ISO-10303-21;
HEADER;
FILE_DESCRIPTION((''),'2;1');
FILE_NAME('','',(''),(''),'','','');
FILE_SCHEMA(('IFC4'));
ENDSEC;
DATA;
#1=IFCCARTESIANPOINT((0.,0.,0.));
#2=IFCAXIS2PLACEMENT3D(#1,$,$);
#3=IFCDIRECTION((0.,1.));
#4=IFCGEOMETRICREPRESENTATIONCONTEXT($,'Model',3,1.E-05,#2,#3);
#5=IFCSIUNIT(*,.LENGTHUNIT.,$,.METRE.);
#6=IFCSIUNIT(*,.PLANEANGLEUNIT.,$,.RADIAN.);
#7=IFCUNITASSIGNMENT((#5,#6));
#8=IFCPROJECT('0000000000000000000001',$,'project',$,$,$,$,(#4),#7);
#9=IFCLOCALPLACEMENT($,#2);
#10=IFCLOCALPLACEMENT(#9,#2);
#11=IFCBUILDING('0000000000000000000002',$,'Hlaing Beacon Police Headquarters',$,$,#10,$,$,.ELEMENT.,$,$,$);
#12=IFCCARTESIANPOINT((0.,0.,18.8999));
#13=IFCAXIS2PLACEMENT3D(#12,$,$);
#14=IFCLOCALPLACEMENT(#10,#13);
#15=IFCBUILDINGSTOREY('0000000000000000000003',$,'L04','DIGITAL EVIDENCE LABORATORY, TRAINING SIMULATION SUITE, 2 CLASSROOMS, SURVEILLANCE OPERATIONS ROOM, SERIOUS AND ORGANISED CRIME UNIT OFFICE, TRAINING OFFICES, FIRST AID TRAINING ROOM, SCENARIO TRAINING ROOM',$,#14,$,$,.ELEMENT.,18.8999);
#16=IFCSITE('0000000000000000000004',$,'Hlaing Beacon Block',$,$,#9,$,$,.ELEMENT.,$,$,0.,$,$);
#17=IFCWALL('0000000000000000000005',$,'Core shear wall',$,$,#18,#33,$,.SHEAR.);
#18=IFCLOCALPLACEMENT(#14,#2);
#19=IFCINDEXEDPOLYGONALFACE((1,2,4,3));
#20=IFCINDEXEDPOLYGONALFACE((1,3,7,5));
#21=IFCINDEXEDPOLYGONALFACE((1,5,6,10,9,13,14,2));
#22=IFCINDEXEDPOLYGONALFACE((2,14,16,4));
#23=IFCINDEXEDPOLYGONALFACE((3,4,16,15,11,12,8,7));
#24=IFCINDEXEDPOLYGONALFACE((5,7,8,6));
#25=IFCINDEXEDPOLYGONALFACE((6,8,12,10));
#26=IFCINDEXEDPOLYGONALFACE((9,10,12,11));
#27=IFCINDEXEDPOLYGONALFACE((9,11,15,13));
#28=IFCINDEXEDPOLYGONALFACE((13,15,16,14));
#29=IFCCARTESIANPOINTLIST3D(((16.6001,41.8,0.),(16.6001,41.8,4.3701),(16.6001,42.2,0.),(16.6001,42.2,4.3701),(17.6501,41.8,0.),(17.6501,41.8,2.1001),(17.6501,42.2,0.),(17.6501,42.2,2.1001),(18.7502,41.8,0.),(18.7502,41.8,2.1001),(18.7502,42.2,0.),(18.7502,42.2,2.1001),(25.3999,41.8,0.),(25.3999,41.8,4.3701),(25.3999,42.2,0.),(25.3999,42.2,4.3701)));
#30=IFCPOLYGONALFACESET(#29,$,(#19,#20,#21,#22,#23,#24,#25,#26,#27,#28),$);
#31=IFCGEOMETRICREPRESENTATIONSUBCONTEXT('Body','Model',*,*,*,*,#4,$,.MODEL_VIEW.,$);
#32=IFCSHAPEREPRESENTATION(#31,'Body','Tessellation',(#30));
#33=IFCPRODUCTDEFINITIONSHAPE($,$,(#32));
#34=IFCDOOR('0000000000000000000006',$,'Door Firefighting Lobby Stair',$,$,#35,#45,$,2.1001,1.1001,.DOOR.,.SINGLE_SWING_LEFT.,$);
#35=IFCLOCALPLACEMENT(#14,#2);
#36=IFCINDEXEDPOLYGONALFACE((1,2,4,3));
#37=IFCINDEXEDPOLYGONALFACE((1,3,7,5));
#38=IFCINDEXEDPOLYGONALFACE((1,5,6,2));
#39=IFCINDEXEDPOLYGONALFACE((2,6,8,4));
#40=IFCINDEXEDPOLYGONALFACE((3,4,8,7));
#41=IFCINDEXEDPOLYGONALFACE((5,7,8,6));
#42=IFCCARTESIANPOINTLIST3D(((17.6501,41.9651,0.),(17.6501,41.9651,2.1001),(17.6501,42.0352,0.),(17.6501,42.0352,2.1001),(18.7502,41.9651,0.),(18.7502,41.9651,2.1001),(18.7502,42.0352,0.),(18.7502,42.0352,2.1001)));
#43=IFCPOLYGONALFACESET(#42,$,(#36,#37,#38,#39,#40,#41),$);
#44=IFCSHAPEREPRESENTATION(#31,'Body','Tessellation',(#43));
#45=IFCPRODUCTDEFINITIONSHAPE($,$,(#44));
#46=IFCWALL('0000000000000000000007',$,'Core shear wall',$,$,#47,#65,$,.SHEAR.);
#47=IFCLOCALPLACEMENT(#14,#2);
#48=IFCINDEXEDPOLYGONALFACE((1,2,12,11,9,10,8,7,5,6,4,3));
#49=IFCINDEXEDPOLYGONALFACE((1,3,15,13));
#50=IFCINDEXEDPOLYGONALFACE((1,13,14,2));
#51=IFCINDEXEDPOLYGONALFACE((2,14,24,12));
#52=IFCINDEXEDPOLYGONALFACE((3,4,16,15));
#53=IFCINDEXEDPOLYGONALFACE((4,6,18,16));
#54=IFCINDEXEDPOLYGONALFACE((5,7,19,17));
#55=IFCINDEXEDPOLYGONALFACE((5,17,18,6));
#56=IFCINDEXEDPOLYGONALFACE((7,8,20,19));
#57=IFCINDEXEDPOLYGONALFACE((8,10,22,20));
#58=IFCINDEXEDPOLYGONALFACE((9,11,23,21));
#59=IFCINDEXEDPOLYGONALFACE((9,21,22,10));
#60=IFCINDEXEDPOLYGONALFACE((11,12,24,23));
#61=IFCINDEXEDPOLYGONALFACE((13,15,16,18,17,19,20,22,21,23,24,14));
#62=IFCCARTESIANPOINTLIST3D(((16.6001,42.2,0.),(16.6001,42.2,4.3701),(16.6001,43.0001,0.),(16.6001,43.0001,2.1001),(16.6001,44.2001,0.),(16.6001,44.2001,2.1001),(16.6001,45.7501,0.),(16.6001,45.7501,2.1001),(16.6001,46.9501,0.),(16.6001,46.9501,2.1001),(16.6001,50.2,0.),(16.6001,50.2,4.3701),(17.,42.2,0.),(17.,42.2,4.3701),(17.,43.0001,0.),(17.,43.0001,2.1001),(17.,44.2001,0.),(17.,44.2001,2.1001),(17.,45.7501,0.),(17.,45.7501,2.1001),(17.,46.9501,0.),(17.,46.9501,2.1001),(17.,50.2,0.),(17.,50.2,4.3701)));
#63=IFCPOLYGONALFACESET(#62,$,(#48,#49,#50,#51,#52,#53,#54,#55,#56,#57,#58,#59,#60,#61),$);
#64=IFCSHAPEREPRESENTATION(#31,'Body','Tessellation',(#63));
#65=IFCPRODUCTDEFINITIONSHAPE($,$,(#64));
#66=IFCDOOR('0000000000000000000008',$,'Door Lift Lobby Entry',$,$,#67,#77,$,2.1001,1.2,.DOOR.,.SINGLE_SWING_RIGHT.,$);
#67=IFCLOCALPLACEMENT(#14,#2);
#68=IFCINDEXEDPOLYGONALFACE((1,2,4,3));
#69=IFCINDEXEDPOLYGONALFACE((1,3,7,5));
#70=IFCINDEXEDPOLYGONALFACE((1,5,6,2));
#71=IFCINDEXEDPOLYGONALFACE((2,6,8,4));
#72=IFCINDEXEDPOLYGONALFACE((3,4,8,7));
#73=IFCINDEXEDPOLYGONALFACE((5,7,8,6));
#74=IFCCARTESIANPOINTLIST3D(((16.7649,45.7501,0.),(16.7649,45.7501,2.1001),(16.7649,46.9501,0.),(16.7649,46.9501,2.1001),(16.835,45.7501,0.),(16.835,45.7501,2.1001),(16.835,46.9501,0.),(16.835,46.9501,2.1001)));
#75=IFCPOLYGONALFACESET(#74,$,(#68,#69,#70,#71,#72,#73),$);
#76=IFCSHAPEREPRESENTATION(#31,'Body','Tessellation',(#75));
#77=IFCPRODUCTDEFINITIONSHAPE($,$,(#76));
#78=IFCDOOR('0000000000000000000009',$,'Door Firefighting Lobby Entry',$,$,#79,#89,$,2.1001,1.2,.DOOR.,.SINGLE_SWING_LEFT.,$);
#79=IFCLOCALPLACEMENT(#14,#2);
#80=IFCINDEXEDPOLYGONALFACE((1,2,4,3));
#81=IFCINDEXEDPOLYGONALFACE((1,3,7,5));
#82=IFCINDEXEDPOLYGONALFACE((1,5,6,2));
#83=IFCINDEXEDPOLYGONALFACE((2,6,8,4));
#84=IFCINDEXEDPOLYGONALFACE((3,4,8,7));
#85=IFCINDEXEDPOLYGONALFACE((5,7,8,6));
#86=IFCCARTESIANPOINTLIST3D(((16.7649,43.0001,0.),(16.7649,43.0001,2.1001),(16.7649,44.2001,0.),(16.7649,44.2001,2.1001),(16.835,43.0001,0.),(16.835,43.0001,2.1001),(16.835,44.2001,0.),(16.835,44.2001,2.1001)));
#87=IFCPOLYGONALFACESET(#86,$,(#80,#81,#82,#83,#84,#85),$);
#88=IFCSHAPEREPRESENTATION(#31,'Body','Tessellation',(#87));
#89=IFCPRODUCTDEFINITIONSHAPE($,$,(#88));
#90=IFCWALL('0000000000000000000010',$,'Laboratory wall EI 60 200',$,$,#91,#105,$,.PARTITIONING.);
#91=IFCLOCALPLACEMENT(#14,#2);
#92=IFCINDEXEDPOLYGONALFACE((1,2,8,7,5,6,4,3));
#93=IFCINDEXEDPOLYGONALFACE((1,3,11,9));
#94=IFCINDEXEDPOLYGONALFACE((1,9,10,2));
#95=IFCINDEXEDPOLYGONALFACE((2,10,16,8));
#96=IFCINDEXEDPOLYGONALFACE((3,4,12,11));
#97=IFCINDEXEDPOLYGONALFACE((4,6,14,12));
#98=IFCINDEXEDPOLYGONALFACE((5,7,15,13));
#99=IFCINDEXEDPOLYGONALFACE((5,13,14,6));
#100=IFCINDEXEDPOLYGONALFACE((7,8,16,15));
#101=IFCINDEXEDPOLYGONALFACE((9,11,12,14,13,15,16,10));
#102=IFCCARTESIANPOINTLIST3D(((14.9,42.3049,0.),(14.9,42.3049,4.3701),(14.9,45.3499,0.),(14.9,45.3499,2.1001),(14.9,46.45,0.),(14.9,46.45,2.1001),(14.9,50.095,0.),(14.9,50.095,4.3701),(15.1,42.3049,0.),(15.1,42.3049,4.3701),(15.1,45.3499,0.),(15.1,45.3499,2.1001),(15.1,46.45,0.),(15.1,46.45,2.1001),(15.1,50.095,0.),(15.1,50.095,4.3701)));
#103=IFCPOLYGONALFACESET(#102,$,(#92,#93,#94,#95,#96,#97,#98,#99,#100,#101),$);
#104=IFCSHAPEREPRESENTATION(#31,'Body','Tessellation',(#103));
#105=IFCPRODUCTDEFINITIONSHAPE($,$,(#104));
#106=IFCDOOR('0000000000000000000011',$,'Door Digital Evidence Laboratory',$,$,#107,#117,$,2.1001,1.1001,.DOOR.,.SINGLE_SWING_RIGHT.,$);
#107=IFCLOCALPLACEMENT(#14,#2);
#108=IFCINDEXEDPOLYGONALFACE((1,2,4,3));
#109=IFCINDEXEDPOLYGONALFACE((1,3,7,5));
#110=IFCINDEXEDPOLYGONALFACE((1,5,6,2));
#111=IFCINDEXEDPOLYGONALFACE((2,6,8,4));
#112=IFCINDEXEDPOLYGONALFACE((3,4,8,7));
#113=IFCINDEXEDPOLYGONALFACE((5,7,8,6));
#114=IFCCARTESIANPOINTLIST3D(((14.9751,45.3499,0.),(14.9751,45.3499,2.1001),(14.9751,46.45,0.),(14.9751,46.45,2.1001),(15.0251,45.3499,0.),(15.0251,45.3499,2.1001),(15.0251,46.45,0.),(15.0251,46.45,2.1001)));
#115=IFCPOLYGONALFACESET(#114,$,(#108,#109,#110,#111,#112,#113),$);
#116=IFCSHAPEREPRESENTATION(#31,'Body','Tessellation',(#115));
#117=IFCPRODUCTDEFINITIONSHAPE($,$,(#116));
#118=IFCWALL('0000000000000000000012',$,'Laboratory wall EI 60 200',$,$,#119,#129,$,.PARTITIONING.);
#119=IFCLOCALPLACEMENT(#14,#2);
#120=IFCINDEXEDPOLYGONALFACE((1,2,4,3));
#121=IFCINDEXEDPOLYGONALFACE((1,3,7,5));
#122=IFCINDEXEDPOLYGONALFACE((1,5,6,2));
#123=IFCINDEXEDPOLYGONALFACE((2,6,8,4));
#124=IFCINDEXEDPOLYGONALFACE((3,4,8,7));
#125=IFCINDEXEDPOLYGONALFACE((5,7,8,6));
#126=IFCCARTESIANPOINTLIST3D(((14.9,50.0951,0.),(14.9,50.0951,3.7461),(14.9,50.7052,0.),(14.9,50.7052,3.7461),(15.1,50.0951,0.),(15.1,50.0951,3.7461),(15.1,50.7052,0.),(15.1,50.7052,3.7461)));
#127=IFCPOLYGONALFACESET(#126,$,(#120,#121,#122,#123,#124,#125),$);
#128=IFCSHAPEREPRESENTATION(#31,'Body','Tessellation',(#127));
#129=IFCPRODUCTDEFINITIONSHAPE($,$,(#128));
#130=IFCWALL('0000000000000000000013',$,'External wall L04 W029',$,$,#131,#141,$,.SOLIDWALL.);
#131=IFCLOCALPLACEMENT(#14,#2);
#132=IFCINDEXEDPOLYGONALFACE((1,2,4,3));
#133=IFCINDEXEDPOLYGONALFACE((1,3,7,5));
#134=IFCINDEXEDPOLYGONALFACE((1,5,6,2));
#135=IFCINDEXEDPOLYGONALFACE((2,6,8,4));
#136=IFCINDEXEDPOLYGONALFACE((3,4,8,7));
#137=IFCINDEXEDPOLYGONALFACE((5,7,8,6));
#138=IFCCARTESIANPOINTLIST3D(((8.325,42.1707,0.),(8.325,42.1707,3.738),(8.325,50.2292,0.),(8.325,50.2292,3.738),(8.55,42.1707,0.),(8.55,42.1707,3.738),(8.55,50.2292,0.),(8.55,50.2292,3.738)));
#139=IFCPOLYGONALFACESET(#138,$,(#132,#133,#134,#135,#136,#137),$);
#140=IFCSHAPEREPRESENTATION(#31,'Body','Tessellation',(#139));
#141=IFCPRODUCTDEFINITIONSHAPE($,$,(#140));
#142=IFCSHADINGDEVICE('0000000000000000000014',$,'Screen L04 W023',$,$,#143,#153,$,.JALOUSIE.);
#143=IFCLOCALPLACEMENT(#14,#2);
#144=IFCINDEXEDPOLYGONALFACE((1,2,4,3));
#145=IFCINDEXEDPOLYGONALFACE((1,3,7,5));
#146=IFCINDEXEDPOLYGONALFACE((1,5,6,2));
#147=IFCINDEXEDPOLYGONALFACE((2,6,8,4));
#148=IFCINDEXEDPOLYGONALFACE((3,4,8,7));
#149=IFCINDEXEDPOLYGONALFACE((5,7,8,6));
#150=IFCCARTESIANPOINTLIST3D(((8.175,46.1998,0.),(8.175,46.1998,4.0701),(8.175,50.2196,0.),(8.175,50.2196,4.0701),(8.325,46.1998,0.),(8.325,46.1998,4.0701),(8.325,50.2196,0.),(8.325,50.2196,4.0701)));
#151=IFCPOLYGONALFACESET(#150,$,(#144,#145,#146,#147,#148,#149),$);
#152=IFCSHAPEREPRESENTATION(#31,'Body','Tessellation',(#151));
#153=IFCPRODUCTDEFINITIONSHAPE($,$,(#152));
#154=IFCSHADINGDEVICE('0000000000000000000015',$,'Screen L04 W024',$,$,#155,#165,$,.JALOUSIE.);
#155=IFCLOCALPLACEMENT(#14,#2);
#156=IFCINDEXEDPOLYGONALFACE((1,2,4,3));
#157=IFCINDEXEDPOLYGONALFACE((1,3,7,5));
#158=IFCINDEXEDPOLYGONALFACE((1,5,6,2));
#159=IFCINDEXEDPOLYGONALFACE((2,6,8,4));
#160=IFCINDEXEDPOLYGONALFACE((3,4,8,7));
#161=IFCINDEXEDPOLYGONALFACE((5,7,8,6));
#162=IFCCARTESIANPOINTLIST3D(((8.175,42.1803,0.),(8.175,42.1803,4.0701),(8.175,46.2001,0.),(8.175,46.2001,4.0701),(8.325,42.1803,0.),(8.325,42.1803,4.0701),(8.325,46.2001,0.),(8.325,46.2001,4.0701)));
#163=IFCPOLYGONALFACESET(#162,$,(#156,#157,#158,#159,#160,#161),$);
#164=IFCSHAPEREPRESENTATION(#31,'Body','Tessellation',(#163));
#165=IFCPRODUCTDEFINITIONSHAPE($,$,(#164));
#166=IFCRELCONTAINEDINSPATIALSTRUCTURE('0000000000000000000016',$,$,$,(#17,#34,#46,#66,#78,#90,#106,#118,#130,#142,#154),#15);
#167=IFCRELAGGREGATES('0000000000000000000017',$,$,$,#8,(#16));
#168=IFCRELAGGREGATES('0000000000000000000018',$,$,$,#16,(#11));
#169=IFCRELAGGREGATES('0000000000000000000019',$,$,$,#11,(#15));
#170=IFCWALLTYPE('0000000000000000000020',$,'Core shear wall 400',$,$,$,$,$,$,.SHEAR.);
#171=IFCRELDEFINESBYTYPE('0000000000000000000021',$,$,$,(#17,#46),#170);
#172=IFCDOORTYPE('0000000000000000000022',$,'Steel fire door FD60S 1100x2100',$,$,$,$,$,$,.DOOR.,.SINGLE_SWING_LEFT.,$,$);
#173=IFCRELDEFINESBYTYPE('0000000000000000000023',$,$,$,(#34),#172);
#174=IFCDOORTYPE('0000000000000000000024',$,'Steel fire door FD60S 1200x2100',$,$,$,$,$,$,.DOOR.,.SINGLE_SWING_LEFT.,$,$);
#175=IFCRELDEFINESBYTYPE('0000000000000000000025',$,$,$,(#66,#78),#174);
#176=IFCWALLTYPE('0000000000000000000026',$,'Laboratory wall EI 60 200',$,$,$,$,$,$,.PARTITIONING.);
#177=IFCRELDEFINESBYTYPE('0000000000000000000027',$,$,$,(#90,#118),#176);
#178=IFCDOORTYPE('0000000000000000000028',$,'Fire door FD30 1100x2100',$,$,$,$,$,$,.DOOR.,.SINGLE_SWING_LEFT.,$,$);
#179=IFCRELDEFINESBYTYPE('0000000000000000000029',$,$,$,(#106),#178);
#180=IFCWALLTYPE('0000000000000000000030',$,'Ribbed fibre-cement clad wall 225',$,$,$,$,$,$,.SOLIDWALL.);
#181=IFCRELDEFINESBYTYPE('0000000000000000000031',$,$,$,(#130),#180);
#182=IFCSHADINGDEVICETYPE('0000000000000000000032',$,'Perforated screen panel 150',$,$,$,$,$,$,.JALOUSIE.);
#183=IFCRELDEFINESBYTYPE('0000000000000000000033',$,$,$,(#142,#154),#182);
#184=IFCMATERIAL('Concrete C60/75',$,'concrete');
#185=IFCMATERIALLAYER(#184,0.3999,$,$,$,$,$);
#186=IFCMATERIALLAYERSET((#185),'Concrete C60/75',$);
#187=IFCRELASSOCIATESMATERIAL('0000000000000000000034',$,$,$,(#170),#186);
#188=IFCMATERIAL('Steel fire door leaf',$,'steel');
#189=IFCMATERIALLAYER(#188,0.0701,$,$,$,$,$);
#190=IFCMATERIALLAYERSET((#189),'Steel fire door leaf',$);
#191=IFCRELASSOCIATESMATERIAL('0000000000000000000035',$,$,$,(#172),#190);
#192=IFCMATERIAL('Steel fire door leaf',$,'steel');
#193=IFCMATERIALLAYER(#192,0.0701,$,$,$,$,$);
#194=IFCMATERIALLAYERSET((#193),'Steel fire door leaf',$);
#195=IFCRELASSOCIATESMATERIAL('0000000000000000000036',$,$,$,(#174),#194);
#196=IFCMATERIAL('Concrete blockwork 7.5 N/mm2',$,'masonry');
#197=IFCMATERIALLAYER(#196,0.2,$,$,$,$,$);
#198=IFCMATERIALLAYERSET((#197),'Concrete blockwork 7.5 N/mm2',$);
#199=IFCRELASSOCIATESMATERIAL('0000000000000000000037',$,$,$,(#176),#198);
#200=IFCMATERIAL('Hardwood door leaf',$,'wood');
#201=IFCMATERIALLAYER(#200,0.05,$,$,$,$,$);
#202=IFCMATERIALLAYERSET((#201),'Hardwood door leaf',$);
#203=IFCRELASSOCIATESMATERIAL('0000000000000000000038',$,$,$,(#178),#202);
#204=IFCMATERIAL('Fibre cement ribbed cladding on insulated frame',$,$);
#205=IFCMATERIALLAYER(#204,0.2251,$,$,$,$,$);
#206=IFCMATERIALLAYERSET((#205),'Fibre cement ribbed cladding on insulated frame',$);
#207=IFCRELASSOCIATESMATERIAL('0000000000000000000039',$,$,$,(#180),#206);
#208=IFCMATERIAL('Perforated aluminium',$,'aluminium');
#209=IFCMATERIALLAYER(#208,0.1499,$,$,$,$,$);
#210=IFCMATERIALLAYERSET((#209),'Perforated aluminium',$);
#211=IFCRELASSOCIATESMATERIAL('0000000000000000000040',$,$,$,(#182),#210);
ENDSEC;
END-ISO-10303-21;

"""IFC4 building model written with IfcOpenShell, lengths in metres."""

from ifc_helpers import new_model, si_unit, direction, frame, frame_2d, origin, origin_2d, place, context, subcontext, project, spatial, rectangle, extrude, material, layer, layer_set, type_object, element, fill, save


model = new_model("IFC4")

# Units and contexts
model_context = context("Model", 3, precision=1e-05, world=origin(), true_north=direction((0.0, 1.0)))
body_context = subcontext(model_context, "Body", "Model", "MODEL_VIEW")
ifc_project = project(units=[si_unit("LENGTHUNIT", "METRE"), si_unit("PLANEANGLEUNIT", "RADIAN")], contexts=[model_context])

# Site, building, storey
site_placement = place(None, origin())
site = spatial("IfcSite", under=ifc_project, at=site_placement, Name="Hlaing Beacon Block", CompositionType="ELEMENT", RefElevation=0.0)
building_placement = place(site_placement, origin())
building = spatial("IfcBuilding", under=site, at=building_placement, Name="Hlaing Beacon Police Headquarters", CompositionType="ELEMENT")
storey_placement = place(building_placement, frame((0.0, 0.0, 18.8999)))
storey = spatial("IfcBuildingStorey", under=building, at=storey_placement, Name="L04", Description="DIGITAL EVIDENCE LABORATORY, TRAINING SIMULATION SUITE, 2 CLASSROOMS, SURVEILLANCE OPERATIONS ROOM, SERIOUS AND ORGANISED CRIME UNIT OFFICE, TRAINING OFFICES, FIRST AID TRAINING ROOM, SCENARIO TRAINING ROOM", CompositionType="ELEMENT", Elevation=18.8999)

# Wall, opening, door
ifc_material_1 = material(Name="Concrete C60/75", Category="concrete")
ifc_layer_1 = layer(ifc_material_1, 0.3999)
ifc_layer_set_1 = layer_set([ifc_layer_1], Name="Concrete C60/75")
wall_type_1 = type_object("IfcWallType", Name="Core shear wall 400", PredefinedType="SHEAR", material=ifc_layer_set_1)
wall_1_placement = place(storey_placement, frame((16.6001, 42.0, 0.0), z_axis=(0.0, 0.0, 1.0), x_axis=(1.0, 0.0, 0.0)))
wall_1 = element("IfcWall", 1, at=wall_1_placement, inside=storey, type_object=wall_type_1, Name="Core shear wall", PredefinedType="SHEAR", context=body_context, shape_type="SweptSolid", body=[
    extrude(rectangle(XDim=8.7998, YDim=0.3999, at=frame_2d((4.3999, 0.0))), origin(), (0.0, 0.0, 1.0), 4.3701),
])
opening_1_placement = place(wall_1_placement, frame((1.05, 0.0, 0.0)))
opening_1 = element("IfcOpeningElement", 2, at=opening_1_placement, cuts=wall_1, PredefinedType="OPENING", context=body_context, shape_type="SweptSolid", body=[
    extrude(rectangle(XDim=1.1001, YDim=2.1001, at=frame_2d((0.55, 1.05))), frame((0.0, 0.21, 0.0), z_axis=(0.0, -1.0, 0.0), x_axis=(1.0, 0.0, 0.0)), (0.0, 0.0, 1.0), 0.4199),
])
ifc_material_2 = material(Name="Steel fire door leaf", Category="steel")
ifc_layer_2 = layer(ifc_material_2, 0.0701)
ifc_layer_set_2 = layer_set([ifc_layer_2], Name="Steel fire door leaf")
door_type_1 = type_object("IfcDoorType", Name="Steel fire door FD60S 1100x2100", OperationType="SINGLE_SWING_LEFT", PredefinedType="DOOR", material=ifc_layer_set_2)
door_1_placement = place(opening_1_placement, frame((1.1001, 0.0, 0.0), z_axis=(0.0, 0.0, 1.0), x_axis=(-1.0, 0.0, 0.0)))
door_1 = element("IfcDoor", 3, at=door_1_placement, inside=storey, type_object=door_type_1, Name="Door Firefighting Lobby Stair", OperationType="SINGLE_SWING_LEFT", OverallHeight=2.1001, OverallWidth=1.1001, PredefinedType="DOOR", context=body_context, shape_type="SweptSolid", body=[
    extrude(rectangle(XDim=1.1001, YDim=2.1001, at=frame_2d((0.55, 1.05))), frame((0.0, 0.0349, 0.0), z_axis=(0.0, -1.0, 0.0), x_axis=(1.0, 0.0, 0.0)), (0.0, 0.0, 1.0), 0.0701),
])
fill(opening_1, door_1)

# Wall, openings, doors
wall_2_placement = place(storey_placement, frame((16.8, 42.2, 0.0), z_axis=(0.0, 0.0, 1.0), x_axis=(0.0, 1.0, 0.0)))
wall_2 = element("IfcWall", 4, at=wall_2_placement, inside=storey, type_object=wall_type_1, Name="Core shear wall", PredefinedType="SHEAR", context=body_context, shape_type="SweptSolid", body=[
    extrude(rectangle(XDim=8.0, YDim=0.3999, at=frame_2d((4.0, 0.0))), origin(), (0.0, 0.0, 1.0), 4.3701),
])
opening_2_placement = place(wall_2_placement, frame((3.55, 0.0, 0.0)))
opening_2 = element("IfcOpeningElement", 5, at=opening_2_placement, cuts=wall_2, PredefinedType="OPENING", context=body_context, shape_type="SweptSolid", body=[
    extrude(rectangle(XDim=1.2, YDim=2.1001, at=frame_2d((0.6001, 1.05))), frame((0.0, 0.21, 0.0), z_axis=(0.0, -1.0, 0.0), x_axis=(1.0, 0.0, 0.0)), (0.0, 0.0, 1.0), 0.4199),
])
opening_3_placement = place(wall_2_placement, frame((0.8, 0.0, 0.0)))
opening_3 = element("IfcOpeningElement", 6, at=opening_3_placement, cuts=wall_2, PredefinedType="OPENING", context=body_context, shape_type="SweptSolid", body=[
    extrude(rectangle(XDim=1.2, YDim=2.1001, at=frame_2d((0.6001, 1.05))), frame((0.0, 0.21, 0.0), z_axis=(0.0, -1.0, 0.0), x_axis=(1.0, 0.0, 0.0)), (0.0, 0.0, 1.0), 0.4199),
])
ifc_material_3 = material(Name="Steel fire door leaf", Category="steel")
ifc_layer_3 = layer(ifc_material_3, 0.0701)
ifc_layer_set_3 = layer_set([ifc_layer_3], Name="Steel fire door leaf")
door_type_2 = type_object("IfcDoorType", Name="Steel fire door FD60S 1200x2100", OperationType="SINGLE_SWING_LEFT", PredefinedType="DOOR", material=ifc_layer_set_3)
door_2_placement = place(opening_2_placement, frame((1.2, 0.0, 0.0), z_axis=(0.0, 0.0, 1.0), x_axis=(-1.0, 0.0, 0.0)))
door_2 = element("IfcDoor", 7, at=door_2_placement, inside=storey, type_object=door_type_2, Name="Door Lift Lobby Entry", OperationType="SINGLE_SWING_RIGHT", OverallHeight=2.1001, OverallWidth=1.2, PredefinedType="DOOR", context=body_context, shape_type="SweptSolid", body=[
    extrude(rectangle(XDim=1.2, YDim=2.1001, at=frame_2d((0.5999, 1.05))), frame((0.0, 0.0349, 0.0), z_axis=(0.0, -1.0, 0.0), x_axis=(1.0, 0.0, 0.0)), (0.0, 0.0, 1.0), 0.0701),
])
fill(opening_2, door_2)
door_3_placement = place(opening_3_placement, frame((1.2, 0.0, 0.0), z_axis=(0.0, 0.0, 1.0), x_axis=(-1.0, 0.0, 0.0)))
door_3 = element("IfcDoor", 8, at=door_3_placement, inside=storey, type_object=door_type_2, Name="Door Firefighting Lobby Entry", OperationType="SINGLE_SWING_LEFT", OverallHeight=2.1001, OverallWidth=1.2, PredefinedType="DOOR", context=body_context, shape_type="SweptSolid", body=[
    extrude(rectangle(XDim=1.2, YDim=2.1001, at=frame_2d((0.5999, 1.05))), frame((0.0, 0.0349, 0.0), z_axis=(0.0, -1.0, 0.0), x_axis=(1.0, 0.0, 0.0)), (0.0, 0.0, 1.0), 0.0701),
])
fill(opening_3, door_3)

# Wall, opening, door
ifc_material_4 = material(Name="Concrete blockwork 7.5 N/mm2", Category="masonry")
ifc_layer_4 = layer(ifc_material_4, 0.2)
ifc_layer_set_4 = layer_set([ifc_layer_4], Name="Concrete blockwork 7.5 N/mm2")
wall_type_2 = type_object("IfcWallType", Name="Laboratory wall EI 60 200", PredefinedType="PARTITIONING", material=ifc_layer_set_4)
wall_3_placement = place(storey_placement, frame((15.0, 42.3049, 0.0), z_axis=(0.0, 0.0, 1.0), x_axis=(0.0, 1.0, 0.0)))
wall_3 = element("IfcWall", 9, at=wall_3_placement, inside=storey, type_object=wall_type_2, Name="Laboratory wall EI 60 200", PredefinedType="PARTITIONING", context=body_context, shape_type="SweptSolid", body=[
    extrude(rectangle(XDim=7.79, YDim=0.2, at=frame_2d((3.895, 0.0))), origin(), (0.0, 0.0, 1.0), 4.3701),
])
opening_4_placement = place(wall_3_placement, frame((3.0449, 0.0, 0.0)))
opening_4 = element("IfcOpeningElement", 10, at=opening_4_placement, cuts=wall_3, PredefinedType="OPENING", context=body_context, shape_type="SweptSolid", body=[
    extrude(rectangle(XDim=1.1001, YDim=2.1001, at=frame_2d((0.55, 1.05))), frame((0.0, 0.1099, 0.0), z_axis=(0.0, -1.0, 0.0), x_axis=(1.0, 0.0, 0.0)), (0.0, 0.0, 1.0), 0.22),
])
ifc_material_5 = material(Name="Hardwood door leaf", Category="wood")
ifc_layer_5 = layer(ifc_material_5, 0.05)
ifc_layer_set_5 = layer_set([ifc_layer_5], Name="Hardwood door leaf")
door_type_3 = type_object("IfcDoorType", Name="Fire door FD30 1100x2100", OperationType="SINGLE_SWING_LEFT", PredefinedType="DOOR", material=ifc_layer_set_5)
door_4_placement = place(opening_4_placement, origin())
door_4 = element("IfcDoor", 11, at=door_4_placement, inside=storey, type_object=door_type_3, Name="Door Digital Evidence Laboratory", OperationType="SINGLE_SWING_RIGHT", OverallHeight=2.1001, OverallWidth=1.1001, PredefinedType="DOOR", context=body_context, shape_type="SweptSolid", body=[
    extrude(rectangle(XDim=1.1001, YDim=2.1001, at=frame_2d((0.55, 1.05))), frame((0.0, 0.0249, 0.0), z_axis=(0.0, -1.0, 0.0), x_axis=(1.0, 0.0, 0.0)), (0.0, 0.0, 1.0), 0.05),
])
fill(opening_4, door_4)

# Walls
wall_4_placement = place(storey_placement, frame((15.0, 50.095, 0.0), z_axis=(0.0, 0.0, 1.0), x_axis=(0.0, 1.0, 0.0)))
element("IfcWall", 12, at=wall_4_placement, inside=storey, type_object=wall_type_2, Name="Laboratory wall EI 60 200", PredefinedType="PARTITIONING", context=body_context, shape_type="SweptSolid", body=[
    extrude(rectangle(XDim=0.6101, YDim=0.2, at=frame_2d((0.3052, 0.0))), origin(), (0.0, 0.0, 1.0), 3.7461),
])
ifc_material_6 = material(Name="Fibre cement ribbed cladding on insulated frame")
ifc_layer_6 = layer(ifc_material_6, 0.2251)
ifc_layer_set_6 = layer_set([ifc_layer_6], Name="Fibre cement ribbed cladding on insulated frame")
wall_type_3 = type_object("IfcWallType", Name="Ribbed fibre-cement clad wall 225", PredefinedType="SOLIDWALL", material=ifc_layer_set_6)
wall_5_placement = place(storey_placement, frame((8.4375, 50.2292, 0.0), z_axis=(0.0, 0.0, 1.0), x_axis=(0.0, -1.0, 0.0)))
element("IfcWall", 13, at=wall_5_placement, inside=storey, type_object=wall_type_3, Name="External wall L04 W029", PredefinedType="SOLIDWALL", context=body_context, shape_type="SweptSolid", body=[
    extrude(rectangle(XDim=8.0586, YDim=0.2251, at=frame_2d((4.0293, 0.0))), origin(), (0.0, 0.0, 1.0), 3.738),
])

# Shading devices
ifc_material_7 = material(Name="Perforated aluminium", Category="aluminium")
ifc_layer_7 = layer(ifc_material_7, 0.1499)
ifc_layer_set_7 = layer_set([ifc_layer_7], Name="Perforated aluminium")
shading_device_type = type_object("IfcShadingDeviceType", Name="Perforated screen panel 150", PredefinedType="JALOUSIE", material=ifc_layer_set_7)
for number, where, z_axis, x_axis, name in (
    (14, (8.25, 48.2097, 0.0), (0.0, 0.0, 1.0), (0.0, -1.0, 0.0), "Screen L04 W023"),
    (15, (8.25, 44.1902, 0.0), (0.0, 0.0, 1.0), (0.0, -1.0, 0.0), "Screen L04 W024"),
):
    element("IfcShadingDevice", number, at=place(storey_placement, frame(where, z_axis=z_axis, x_axis=x_axis)), inside=storey, type_object=shading_device_type, Name=name, PredefinedType="JALOUSIE", context=body_context, shape_type="SweptSolid", body=[
        extrude(rectangle(XDim=4.0198, YDim=0.1499, at=origin_2d()), origin(), (0.0, 0.0, 1.0), 4.0701),
    ])

save(model, "model.ifc")
